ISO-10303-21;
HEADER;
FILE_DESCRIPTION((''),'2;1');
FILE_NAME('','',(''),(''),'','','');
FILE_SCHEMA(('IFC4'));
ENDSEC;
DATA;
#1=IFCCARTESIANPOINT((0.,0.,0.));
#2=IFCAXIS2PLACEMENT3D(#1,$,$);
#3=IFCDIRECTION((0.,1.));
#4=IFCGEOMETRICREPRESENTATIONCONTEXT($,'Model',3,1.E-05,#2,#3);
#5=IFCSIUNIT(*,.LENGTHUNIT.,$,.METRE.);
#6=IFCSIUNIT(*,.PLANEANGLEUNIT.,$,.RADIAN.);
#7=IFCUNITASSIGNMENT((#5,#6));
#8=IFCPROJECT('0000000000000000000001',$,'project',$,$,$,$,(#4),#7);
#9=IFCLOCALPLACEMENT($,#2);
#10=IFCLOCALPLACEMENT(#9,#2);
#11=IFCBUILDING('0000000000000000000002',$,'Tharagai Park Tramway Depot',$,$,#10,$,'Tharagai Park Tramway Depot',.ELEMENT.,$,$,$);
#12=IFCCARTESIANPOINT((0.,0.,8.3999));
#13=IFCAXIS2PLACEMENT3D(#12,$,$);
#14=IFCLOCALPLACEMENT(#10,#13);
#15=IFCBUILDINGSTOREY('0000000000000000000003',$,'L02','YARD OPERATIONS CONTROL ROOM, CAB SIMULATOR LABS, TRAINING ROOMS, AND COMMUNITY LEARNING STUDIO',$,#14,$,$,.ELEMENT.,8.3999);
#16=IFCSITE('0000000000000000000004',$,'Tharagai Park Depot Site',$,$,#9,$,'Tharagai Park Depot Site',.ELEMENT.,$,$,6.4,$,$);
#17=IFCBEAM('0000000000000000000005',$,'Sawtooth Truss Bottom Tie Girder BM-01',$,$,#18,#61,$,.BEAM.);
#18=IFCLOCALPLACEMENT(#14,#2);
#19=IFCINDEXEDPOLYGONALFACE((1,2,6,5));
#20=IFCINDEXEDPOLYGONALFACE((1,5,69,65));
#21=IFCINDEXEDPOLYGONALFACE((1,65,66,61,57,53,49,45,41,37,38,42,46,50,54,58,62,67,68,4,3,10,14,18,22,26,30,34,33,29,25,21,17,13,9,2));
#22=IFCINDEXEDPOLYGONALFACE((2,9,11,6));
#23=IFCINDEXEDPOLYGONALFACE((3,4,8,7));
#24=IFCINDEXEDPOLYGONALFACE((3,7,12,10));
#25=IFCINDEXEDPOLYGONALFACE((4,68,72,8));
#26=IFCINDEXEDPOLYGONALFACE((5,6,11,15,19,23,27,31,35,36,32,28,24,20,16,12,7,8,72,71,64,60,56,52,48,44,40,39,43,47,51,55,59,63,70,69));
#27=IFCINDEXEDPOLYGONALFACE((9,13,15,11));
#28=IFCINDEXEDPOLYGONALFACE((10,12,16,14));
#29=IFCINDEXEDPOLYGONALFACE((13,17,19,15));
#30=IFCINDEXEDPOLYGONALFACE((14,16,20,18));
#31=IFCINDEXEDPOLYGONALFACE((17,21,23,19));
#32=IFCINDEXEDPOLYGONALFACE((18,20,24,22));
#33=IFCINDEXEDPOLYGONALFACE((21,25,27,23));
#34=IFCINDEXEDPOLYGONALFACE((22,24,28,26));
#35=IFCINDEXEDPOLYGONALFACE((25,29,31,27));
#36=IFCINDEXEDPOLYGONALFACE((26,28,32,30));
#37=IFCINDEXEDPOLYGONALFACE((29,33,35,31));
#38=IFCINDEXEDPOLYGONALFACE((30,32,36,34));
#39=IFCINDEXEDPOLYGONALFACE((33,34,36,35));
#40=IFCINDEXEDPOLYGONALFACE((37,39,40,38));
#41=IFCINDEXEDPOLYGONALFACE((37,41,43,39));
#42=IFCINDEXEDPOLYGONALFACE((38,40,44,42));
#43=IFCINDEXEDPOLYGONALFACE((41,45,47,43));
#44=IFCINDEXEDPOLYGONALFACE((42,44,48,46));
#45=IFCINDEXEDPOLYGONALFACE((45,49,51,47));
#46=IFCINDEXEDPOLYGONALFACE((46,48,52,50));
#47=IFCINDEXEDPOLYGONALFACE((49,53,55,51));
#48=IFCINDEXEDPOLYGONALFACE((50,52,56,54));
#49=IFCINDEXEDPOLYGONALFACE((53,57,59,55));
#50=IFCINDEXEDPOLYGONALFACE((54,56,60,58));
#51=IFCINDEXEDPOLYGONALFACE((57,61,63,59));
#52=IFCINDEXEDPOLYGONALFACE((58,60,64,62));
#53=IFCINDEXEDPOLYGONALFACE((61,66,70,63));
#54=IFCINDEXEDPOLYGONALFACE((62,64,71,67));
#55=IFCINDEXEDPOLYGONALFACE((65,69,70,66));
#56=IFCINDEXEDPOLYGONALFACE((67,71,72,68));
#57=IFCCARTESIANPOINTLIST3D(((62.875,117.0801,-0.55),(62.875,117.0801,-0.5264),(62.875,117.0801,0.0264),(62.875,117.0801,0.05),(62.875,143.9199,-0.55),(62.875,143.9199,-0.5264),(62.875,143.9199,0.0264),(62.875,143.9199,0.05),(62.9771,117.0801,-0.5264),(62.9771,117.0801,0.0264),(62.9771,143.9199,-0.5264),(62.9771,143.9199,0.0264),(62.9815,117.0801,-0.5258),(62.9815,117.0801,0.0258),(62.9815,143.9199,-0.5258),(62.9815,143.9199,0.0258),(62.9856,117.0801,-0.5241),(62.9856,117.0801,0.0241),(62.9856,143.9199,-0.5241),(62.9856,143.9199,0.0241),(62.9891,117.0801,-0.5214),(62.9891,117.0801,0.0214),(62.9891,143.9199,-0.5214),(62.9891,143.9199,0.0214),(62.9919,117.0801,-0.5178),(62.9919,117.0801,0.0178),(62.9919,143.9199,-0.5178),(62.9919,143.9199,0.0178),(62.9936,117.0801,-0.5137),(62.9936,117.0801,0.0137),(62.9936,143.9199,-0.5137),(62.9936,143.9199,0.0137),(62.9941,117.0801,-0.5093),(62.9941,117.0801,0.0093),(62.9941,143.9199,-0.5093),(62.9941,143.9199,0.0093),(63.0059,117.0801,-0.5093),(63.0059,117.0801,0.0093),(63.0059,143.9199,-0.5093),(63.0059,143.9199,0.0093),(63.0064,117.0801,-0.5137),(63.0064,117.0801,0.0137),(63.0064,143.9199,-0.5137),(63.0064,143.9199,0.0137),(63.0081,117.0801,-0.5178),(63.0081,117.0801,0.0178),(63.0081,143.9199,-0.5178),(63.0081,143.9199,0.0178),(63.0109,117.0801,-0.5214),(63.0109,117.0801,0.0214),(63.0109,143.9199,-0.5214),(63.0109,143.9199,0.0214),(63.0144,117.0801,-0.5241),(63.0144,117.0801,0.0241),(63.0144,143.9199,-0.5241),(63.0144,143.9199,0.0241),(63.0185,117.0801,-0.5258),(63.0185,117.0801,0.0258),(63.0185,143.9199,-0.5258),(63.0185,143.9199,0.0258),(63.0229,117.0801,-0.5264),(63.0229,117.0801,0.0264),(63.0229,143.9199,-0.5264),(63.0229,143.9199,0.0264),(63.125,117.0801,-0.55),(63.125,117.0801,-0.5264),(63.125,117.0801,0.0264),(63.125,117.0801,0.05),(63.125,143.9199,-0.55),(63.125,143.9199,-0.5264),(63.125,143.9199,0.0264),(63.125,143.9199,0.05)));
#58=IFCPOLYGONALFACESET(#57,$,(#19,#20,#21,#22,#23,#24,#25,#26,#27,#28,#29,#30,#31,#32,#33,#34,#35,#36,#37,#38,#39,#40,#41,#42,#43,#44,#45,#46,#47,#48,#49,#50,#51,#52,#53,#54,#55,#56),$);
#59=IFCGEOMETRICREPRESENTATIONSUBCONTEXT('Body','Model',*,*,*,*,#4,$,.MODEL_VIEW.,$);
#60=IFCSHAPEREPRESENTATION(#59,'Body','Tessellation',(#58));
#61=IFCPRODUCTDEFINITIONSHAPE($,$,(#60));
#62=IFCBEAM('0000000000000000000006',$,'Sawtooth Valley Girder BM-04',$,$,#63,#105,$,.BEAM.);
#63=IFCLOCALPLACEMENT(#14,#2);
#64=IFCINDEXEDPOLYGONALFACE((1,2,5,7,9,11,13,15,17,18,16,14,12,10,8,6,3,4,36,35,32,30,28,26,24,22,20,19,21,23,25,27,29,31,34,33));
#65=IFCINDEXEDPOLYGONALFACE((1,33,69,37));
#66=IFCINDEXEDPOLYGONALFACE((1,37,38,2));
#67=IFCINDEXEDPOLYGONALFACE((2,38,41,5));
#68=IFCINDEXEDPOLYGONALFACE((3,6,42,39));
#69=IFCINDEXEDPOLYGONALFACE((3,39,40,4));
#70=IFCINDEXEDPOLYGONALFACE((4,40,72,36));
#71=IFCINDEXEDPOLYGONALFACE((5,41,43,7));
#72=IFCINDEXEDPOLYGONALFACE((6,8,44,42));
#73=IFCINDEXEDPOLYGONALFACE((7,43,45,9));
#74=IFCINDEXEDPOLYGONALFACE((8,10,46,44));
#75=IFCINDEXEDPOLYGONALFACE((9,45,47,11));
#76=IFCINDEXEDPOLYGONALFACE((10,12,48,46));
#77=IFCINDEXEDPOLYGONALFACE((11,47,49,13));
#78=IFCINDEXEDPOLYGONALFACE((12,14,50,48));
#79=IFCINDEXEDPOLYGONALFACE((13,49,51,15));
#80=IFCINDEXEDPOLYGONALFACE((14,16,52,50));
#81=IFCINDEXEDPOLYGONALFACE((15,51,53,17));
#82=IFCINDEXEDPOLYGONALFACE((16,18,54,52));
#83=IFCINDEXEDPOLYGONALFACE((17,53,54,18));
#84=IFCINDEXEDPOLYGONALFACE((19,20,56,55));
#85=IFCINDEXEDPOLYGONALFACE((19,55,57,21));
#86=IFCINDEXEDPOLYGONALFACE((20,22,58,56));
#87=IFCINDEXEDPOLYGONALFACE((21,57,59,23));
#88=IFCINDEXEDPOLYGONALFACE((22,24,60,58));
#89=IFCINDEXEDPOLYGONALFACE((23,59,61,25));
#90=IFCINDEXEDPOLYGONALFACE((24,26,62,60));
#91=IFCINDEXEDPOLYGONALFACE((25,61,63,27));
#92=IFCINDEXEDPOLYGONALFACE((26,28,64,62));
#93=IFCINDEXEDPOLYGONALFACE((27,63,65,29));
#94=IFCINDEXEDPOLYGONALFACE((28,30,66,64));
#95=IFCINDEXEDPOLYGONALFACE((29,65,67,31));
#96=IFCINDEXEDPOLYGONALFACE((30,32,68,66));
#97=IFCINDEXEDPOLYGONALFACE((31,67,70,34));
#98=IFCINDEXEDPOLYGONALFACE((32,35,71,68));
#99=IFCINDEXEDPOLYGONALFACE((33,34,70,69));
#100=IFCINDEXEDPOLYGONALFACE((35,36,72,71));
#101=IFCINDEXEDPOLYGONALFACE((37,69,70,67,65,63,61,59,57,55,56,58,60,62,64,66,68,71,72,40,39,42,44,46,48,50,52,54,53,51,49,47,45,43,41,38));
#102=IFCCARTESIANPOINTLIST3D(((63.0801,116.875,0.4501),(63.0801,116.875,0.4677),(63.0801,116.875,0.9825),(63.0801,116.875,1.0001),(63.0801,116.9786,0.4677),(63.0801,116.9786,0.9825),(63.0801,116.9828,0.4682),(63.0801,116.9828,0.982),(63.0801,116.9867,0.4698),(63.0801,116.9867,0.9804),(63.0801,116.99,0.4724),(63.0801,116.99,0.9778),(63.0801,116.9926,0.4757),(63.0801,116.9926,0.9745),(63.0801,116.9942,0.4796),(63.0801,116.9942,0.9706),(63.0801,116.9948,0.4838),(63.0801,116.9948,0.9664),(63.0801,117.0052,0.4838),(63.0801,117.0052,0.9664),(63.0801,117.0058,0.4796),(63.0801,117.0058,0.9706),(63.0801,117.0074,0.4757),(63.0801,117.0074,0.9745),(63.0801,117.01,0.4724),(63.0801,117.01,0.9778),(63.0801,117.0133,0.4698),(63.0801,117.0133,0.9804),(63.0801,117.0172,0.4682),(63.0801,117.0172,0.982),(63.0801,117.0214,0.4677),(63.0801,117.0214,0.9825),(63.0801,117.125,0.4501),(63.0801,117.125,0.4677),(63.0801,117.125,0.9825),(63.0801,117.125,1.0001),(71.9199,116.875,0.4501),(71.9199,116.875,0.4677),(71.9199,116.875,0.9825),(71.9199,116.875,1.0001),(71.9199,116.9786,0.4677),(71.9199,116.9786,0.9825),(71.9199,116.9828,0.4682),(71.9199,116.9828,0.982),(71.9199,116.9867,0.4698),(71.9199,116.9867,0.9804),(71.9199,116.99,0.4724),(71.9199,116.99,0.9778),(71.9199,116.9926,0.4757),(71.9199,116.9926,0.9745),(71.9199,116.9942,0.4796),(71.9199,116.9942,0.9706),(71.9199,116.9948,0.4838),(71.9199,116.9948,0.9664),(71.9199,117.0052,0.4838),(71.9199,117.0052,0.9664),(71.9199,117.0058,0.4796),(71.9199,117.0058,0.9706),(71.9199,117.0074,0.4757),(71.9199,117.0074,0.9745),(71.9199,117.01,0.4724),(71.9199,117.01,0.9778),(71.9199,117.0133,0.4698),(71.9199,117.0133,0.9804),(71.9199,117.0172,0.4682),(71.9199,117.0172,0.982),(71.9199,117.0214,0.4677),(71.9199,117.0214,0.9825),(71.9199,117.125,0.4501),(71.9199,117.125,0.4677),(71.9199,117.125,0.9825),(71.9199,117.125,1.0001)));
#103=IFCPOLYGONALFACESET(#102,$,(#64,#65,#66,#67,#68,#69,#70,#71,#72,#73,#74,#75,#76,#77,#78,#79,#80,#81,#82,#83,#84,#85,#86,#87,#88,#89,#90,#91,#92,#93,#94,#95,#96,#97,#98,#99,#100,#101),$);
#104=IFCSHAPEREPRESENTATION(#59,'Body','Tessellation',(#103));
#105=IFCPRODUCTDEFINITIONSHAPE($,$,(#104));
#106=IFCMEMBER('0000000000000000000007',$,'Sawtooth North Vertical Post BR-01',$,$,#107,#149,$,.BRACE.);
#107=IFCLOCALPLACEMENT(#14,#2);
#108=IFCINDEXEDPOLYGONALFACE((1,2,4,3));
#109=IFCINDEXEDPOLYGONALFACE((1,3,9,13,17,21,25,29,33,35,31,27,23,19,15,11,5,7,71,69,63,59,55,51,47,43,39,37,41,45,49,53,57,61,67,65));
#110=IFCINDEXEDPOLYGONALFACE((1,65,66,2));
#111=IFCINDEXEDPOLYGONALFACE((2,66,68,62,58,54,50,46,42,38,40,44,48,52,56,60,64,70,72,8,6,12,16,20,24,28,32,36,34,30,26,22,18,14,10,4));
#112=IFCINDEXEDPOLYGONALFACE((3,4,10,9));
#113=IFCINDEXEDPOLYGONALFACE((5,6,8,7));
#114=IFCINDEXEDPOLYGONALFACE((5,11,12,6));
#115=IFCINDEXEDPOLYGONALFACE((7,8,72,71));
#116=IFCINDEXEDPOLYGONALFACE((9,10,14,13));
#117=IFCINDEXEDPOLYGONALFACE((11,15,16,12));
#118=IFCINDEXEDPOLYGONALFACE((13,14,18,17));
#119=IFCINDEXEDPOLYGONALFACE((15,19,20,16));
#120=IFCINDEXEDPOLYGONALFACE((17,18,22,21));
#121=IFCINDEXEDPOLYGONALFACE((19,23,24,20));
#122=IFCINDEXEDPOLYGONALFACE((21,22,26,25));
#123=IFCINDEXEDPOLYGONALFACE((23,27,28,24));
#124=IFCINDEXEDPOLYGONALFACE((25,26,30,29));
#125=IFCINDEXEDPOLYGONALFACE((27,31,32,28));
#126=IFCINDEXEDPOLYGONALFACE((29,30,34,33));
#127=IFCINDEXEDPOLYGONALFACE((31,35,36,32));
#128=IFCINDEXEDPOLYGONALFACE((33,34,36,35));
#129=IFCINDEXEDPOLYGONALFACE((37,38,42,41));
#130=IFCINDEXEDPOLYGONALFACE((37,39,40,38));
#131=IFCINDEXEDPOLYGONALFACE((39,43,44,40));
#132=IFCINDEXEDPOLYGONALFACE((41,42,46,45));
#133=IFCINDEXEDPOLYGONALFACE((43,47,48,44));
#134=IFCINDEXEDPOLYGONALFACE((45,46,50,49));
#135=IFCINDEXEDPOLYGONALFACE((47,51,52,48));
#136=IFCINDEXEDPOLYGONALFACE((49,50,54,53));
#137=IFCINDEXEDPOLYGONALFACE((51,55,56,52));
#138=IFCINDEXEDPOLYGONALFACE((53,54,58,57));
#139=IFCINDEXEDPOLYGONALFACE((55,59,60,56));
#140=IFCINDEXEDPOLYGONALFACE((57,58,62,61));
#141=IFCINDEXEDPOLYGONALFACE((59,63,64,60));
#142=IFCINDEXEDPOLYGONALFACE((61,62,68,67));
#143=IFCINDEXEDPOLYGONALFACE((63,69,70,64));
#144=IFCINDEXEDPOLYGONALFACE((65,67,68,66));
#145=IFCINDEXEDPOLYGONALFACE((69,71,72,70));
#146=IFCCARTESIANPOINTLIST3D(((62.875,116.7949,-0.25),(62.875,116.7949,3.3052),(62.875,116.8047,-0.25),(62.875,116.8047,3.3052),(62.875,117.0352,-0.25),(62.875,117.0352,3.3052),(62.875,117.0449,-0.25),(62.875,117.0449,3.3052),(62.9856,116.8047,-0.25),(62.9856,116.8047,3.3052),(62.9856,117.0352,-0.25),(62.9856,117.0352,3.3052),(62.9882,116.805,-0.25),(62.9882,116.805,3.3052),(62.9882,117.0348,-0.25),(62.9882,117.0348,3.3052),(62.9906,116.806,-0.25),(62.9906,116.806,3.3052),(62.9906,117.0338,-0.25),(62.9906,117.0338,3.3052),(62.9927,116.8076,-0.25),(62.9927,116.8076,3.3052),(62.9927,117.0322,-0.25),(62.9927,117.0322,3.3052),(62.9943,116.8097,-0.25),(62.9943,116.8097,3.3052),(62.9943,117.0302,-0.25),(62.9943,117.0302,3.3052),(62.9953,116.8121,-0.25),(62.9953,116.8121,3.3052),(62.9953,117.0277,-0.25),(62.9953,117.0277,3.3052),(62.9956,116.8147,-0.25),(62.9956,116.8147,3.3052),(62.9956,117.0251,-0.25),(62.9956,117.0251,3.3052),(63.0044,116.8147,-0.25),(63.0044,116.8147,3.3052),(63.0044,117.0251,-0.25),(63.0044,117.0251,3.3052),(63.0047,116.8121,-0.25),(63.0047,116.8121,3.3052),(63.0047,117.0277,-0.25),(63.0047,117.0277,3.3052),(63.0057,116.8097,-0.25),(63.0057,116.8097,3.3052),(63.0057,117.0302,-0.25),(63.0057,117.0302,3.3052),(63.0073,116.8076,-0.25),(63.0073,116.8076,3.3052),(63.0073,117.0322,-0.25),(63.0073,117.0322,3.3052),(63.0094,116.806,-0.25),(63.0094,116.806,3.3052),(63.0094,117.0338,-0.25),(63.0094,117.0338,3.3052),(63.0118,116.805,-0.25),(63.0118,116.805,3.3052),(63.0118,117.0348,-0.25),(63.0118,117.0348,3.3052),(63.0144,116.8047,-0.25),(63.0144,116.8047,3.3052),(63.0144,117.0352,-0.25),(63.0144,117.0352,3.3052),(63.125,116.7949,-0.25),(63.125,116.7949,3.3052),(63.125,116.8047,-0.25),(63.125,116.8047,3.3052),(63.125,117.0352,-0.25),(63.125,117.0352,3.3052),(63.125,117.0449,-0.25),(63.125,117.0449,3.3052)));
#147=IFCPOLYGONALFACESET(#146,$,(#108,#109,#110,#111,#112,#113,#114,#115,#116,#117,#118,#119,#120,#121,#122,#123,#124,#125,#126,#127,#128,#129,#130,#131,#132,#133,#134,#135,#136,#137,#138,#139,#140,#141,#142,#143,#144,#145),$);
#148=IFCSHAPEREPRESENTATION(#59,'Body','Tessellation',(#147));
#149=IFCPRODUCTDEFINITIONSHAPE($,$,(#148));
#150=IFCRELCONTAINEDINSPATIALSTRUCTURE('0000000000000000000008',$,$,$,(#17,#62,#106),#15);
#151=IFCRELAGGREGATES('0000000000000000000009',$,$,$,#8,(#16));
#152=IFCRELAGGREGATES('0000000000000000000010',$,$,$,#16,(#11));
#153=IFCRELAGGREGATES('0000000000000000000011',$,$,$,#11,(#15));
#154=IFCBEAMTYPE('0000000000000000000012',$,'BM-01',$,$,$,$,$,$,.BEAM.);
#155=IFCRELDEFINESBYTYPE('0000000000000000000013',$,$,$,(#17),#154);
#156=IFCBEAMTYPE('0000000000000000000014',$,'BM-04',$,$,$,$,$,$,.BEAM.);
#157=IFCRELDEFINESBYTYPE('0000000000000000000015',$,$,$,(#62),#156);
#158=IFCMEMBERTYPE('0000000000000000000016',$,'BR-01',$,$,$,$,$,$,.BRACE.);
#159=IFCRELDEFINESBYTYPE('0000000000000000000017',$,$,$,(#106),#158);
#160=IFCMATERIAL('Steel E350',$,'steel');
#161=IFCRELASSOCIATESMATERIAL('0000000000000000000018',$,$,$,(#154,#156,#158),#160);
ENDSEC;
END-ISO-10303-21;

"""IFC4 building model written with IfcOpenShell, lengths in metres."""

from ifc_helpers import new_model, si_unit, direction, frame, origin, origin_2d, place, context, subcontext, project, spatial, i_section, extrude, material, material_profile, profile_set, type_object, element, save


model = new_model("IFC4")

# Units and contexts
model_context = context("Model", 3, precision=1e-05, world=origin(), true_north=direction((0.0, 1.0)))
body_context = subcontext(model_context, "Body", "Model", "MODEL_VIEW")
ifc_project = project(units=[si_unit("LENGTHUNIT", "METRE"), si_unit("PLANEANGLEUNIT", "RADIAN")], contexts=[model_context])

# Site, building, storey
site_placement = place(None, origin())
site = spatial("IfcSite", under=ifc_project, at=site_placement, Name="Tharagai Park Depot Site", LongName="Tharagai Park Depot Site", CompositionType="ELEMENT", RefElevation=6.4)
building_placement = place(site_placement, origin())
building = spatial("IfcBuilding", under=site, at=building_placement, Name="Tharagai Park Tramway Depot", LongName="Tharagai Park Tramway Depot", CompositionType="ELEMENT")
storey_placement = place(building_placement, frame((0.0, 0.0, 8.3999)))
storey = spatial("IfcBuildingStorey", under=building, at=storey_placement, Name="L02", Description="YARD OPERATIONS CONTROL ROOM, CAB SIMULATOR LABS, TRAINING ROOMS, AND COMMUNITY LEARNING STUDIO", CompositionType="ELEMENT", Elevation=8.3999)

# Beams
ifc_material_1 = material(Name="Steel E350", Category="steel")
ifc_material_profile_1 = material_profile(ifc_material_1, i_section(OverallWidth=0.25, OverallDepth=0.6001, WebThickness=0.0117, FlangeThickness=0.0237, FilletRadius=0.0171, at=origin_2d()), Name="ISWB 600")
ifc_profile_set_1 = profile_set([ifc_material_profile_1], Name="Steel E350")
beam_type_1 = type_object("IfcBeamType", Name="BM-01", PredefinedType="BEAM", material=ifc_profile_set_1)
beam_1_placement = place(storey_placement, frame((63.0, 117.0801, -0.25), z_axis=(0.0, 1.0, 0.0), x_axis=(-1.0, 0.0, 0.0)))
element("IfcBeam", 1, at=beam_1_placement, inside=storey, type_object=beam_type_1, Name="Sawtooth Truss Bottom Tie Girder BM-01", PredefinedType="BEAM", context=body_context, shape_type="SweptSolid", body=[
    extrude(i_section(OverallWidth=0.25, OverallDepth=0.6001, WebThickness=0.0117, FlangeThickness=0.0237, FilletRadius=0.0171, at=origin_2d()), origin(), (0.0, 0.0, 1.0), 26.8398),
])
ifc_material_profile_2 = material_profile(ifc_material_1, i_section(OverallWidth=0.25, OverallDepth=0.55, WebThickness=0.0105, FlangeThickness=0.0176, FilletRadius=0.0161, at=origin_2d()), Name="ISWB 550")
ifc_profile_set_2 = profile_set([ifc_material_profile_2], Name="Steel E350")
beam_type_2 = type_object("IfcBeamType", Name="BM-04", PredefinedType="BEAM", material=ifc_profile_set_2)
beam_2_placement = place(storey_placement, frame((63.0801, 117.0, 0.7251), z_axis=(1.0, 0.0, 0.0), x_axis=(0.0, 1.0, 0.0)))
element("IfcBeam", 2, at=beam_2_placement, inside=storey, type_object=beam_type_2, Name="Sawtooth Valley Girder BM-04", PredefinedType="BEAM", context=body_context, shape_type="SweptSolid", body=[
    extrude(i_section(OverallWidth=0.25, OverallDepth=0.55, WebThickness=0.0105, FlangeThickness=0.0176, FilletRadius=0.0161, at=origin_2d()), origin(), (0.0, 0.0, 1.0), 8.8398),
])

# Member
ifc_material_profile_3 = material_profile(ifc_material_1, i_section(OverallWidth=0.25, OverallDepth=0.25, WebThickness=0.0088, FlangeThickness=0.0098, FilletRadius=0.01, at=origin_2d()), Name="ISHB 250")
ifc_profile_set_3 = profile_set([ifc_material_profile_3], Name="Steel E350")
member_type_1 = type_object("IfcMemberType", Name="BR-01", PredefinedType="BRACE", material=ifc_profile_set_3)
member_1_placement = place(storey_placement, frame((63.0, 116.9199, -0.25), z_axis=(0.0, 0.0, 1.0), x_axis=(1.0, 0.0, 0.0)))
element("IfcMember", 3, at=member_1_placement, inside=storey, type_object=member_type_1, Name="Sawtooth North Vertical Post BR-01", PredefinedType="BRACE", context=body_context, shape_type="SweptSolid", body=[
    extrude(i_section(OverallWidth=0.25, OverallDepth=0.25, WebThickness=0.0088, FlangeThickness=0.0098, FilletRadius=0.01, at=origin_2d()), origin(), (0.0, 0.0, 1.0), 3.5552),
])

save(model, "model.ifc")
